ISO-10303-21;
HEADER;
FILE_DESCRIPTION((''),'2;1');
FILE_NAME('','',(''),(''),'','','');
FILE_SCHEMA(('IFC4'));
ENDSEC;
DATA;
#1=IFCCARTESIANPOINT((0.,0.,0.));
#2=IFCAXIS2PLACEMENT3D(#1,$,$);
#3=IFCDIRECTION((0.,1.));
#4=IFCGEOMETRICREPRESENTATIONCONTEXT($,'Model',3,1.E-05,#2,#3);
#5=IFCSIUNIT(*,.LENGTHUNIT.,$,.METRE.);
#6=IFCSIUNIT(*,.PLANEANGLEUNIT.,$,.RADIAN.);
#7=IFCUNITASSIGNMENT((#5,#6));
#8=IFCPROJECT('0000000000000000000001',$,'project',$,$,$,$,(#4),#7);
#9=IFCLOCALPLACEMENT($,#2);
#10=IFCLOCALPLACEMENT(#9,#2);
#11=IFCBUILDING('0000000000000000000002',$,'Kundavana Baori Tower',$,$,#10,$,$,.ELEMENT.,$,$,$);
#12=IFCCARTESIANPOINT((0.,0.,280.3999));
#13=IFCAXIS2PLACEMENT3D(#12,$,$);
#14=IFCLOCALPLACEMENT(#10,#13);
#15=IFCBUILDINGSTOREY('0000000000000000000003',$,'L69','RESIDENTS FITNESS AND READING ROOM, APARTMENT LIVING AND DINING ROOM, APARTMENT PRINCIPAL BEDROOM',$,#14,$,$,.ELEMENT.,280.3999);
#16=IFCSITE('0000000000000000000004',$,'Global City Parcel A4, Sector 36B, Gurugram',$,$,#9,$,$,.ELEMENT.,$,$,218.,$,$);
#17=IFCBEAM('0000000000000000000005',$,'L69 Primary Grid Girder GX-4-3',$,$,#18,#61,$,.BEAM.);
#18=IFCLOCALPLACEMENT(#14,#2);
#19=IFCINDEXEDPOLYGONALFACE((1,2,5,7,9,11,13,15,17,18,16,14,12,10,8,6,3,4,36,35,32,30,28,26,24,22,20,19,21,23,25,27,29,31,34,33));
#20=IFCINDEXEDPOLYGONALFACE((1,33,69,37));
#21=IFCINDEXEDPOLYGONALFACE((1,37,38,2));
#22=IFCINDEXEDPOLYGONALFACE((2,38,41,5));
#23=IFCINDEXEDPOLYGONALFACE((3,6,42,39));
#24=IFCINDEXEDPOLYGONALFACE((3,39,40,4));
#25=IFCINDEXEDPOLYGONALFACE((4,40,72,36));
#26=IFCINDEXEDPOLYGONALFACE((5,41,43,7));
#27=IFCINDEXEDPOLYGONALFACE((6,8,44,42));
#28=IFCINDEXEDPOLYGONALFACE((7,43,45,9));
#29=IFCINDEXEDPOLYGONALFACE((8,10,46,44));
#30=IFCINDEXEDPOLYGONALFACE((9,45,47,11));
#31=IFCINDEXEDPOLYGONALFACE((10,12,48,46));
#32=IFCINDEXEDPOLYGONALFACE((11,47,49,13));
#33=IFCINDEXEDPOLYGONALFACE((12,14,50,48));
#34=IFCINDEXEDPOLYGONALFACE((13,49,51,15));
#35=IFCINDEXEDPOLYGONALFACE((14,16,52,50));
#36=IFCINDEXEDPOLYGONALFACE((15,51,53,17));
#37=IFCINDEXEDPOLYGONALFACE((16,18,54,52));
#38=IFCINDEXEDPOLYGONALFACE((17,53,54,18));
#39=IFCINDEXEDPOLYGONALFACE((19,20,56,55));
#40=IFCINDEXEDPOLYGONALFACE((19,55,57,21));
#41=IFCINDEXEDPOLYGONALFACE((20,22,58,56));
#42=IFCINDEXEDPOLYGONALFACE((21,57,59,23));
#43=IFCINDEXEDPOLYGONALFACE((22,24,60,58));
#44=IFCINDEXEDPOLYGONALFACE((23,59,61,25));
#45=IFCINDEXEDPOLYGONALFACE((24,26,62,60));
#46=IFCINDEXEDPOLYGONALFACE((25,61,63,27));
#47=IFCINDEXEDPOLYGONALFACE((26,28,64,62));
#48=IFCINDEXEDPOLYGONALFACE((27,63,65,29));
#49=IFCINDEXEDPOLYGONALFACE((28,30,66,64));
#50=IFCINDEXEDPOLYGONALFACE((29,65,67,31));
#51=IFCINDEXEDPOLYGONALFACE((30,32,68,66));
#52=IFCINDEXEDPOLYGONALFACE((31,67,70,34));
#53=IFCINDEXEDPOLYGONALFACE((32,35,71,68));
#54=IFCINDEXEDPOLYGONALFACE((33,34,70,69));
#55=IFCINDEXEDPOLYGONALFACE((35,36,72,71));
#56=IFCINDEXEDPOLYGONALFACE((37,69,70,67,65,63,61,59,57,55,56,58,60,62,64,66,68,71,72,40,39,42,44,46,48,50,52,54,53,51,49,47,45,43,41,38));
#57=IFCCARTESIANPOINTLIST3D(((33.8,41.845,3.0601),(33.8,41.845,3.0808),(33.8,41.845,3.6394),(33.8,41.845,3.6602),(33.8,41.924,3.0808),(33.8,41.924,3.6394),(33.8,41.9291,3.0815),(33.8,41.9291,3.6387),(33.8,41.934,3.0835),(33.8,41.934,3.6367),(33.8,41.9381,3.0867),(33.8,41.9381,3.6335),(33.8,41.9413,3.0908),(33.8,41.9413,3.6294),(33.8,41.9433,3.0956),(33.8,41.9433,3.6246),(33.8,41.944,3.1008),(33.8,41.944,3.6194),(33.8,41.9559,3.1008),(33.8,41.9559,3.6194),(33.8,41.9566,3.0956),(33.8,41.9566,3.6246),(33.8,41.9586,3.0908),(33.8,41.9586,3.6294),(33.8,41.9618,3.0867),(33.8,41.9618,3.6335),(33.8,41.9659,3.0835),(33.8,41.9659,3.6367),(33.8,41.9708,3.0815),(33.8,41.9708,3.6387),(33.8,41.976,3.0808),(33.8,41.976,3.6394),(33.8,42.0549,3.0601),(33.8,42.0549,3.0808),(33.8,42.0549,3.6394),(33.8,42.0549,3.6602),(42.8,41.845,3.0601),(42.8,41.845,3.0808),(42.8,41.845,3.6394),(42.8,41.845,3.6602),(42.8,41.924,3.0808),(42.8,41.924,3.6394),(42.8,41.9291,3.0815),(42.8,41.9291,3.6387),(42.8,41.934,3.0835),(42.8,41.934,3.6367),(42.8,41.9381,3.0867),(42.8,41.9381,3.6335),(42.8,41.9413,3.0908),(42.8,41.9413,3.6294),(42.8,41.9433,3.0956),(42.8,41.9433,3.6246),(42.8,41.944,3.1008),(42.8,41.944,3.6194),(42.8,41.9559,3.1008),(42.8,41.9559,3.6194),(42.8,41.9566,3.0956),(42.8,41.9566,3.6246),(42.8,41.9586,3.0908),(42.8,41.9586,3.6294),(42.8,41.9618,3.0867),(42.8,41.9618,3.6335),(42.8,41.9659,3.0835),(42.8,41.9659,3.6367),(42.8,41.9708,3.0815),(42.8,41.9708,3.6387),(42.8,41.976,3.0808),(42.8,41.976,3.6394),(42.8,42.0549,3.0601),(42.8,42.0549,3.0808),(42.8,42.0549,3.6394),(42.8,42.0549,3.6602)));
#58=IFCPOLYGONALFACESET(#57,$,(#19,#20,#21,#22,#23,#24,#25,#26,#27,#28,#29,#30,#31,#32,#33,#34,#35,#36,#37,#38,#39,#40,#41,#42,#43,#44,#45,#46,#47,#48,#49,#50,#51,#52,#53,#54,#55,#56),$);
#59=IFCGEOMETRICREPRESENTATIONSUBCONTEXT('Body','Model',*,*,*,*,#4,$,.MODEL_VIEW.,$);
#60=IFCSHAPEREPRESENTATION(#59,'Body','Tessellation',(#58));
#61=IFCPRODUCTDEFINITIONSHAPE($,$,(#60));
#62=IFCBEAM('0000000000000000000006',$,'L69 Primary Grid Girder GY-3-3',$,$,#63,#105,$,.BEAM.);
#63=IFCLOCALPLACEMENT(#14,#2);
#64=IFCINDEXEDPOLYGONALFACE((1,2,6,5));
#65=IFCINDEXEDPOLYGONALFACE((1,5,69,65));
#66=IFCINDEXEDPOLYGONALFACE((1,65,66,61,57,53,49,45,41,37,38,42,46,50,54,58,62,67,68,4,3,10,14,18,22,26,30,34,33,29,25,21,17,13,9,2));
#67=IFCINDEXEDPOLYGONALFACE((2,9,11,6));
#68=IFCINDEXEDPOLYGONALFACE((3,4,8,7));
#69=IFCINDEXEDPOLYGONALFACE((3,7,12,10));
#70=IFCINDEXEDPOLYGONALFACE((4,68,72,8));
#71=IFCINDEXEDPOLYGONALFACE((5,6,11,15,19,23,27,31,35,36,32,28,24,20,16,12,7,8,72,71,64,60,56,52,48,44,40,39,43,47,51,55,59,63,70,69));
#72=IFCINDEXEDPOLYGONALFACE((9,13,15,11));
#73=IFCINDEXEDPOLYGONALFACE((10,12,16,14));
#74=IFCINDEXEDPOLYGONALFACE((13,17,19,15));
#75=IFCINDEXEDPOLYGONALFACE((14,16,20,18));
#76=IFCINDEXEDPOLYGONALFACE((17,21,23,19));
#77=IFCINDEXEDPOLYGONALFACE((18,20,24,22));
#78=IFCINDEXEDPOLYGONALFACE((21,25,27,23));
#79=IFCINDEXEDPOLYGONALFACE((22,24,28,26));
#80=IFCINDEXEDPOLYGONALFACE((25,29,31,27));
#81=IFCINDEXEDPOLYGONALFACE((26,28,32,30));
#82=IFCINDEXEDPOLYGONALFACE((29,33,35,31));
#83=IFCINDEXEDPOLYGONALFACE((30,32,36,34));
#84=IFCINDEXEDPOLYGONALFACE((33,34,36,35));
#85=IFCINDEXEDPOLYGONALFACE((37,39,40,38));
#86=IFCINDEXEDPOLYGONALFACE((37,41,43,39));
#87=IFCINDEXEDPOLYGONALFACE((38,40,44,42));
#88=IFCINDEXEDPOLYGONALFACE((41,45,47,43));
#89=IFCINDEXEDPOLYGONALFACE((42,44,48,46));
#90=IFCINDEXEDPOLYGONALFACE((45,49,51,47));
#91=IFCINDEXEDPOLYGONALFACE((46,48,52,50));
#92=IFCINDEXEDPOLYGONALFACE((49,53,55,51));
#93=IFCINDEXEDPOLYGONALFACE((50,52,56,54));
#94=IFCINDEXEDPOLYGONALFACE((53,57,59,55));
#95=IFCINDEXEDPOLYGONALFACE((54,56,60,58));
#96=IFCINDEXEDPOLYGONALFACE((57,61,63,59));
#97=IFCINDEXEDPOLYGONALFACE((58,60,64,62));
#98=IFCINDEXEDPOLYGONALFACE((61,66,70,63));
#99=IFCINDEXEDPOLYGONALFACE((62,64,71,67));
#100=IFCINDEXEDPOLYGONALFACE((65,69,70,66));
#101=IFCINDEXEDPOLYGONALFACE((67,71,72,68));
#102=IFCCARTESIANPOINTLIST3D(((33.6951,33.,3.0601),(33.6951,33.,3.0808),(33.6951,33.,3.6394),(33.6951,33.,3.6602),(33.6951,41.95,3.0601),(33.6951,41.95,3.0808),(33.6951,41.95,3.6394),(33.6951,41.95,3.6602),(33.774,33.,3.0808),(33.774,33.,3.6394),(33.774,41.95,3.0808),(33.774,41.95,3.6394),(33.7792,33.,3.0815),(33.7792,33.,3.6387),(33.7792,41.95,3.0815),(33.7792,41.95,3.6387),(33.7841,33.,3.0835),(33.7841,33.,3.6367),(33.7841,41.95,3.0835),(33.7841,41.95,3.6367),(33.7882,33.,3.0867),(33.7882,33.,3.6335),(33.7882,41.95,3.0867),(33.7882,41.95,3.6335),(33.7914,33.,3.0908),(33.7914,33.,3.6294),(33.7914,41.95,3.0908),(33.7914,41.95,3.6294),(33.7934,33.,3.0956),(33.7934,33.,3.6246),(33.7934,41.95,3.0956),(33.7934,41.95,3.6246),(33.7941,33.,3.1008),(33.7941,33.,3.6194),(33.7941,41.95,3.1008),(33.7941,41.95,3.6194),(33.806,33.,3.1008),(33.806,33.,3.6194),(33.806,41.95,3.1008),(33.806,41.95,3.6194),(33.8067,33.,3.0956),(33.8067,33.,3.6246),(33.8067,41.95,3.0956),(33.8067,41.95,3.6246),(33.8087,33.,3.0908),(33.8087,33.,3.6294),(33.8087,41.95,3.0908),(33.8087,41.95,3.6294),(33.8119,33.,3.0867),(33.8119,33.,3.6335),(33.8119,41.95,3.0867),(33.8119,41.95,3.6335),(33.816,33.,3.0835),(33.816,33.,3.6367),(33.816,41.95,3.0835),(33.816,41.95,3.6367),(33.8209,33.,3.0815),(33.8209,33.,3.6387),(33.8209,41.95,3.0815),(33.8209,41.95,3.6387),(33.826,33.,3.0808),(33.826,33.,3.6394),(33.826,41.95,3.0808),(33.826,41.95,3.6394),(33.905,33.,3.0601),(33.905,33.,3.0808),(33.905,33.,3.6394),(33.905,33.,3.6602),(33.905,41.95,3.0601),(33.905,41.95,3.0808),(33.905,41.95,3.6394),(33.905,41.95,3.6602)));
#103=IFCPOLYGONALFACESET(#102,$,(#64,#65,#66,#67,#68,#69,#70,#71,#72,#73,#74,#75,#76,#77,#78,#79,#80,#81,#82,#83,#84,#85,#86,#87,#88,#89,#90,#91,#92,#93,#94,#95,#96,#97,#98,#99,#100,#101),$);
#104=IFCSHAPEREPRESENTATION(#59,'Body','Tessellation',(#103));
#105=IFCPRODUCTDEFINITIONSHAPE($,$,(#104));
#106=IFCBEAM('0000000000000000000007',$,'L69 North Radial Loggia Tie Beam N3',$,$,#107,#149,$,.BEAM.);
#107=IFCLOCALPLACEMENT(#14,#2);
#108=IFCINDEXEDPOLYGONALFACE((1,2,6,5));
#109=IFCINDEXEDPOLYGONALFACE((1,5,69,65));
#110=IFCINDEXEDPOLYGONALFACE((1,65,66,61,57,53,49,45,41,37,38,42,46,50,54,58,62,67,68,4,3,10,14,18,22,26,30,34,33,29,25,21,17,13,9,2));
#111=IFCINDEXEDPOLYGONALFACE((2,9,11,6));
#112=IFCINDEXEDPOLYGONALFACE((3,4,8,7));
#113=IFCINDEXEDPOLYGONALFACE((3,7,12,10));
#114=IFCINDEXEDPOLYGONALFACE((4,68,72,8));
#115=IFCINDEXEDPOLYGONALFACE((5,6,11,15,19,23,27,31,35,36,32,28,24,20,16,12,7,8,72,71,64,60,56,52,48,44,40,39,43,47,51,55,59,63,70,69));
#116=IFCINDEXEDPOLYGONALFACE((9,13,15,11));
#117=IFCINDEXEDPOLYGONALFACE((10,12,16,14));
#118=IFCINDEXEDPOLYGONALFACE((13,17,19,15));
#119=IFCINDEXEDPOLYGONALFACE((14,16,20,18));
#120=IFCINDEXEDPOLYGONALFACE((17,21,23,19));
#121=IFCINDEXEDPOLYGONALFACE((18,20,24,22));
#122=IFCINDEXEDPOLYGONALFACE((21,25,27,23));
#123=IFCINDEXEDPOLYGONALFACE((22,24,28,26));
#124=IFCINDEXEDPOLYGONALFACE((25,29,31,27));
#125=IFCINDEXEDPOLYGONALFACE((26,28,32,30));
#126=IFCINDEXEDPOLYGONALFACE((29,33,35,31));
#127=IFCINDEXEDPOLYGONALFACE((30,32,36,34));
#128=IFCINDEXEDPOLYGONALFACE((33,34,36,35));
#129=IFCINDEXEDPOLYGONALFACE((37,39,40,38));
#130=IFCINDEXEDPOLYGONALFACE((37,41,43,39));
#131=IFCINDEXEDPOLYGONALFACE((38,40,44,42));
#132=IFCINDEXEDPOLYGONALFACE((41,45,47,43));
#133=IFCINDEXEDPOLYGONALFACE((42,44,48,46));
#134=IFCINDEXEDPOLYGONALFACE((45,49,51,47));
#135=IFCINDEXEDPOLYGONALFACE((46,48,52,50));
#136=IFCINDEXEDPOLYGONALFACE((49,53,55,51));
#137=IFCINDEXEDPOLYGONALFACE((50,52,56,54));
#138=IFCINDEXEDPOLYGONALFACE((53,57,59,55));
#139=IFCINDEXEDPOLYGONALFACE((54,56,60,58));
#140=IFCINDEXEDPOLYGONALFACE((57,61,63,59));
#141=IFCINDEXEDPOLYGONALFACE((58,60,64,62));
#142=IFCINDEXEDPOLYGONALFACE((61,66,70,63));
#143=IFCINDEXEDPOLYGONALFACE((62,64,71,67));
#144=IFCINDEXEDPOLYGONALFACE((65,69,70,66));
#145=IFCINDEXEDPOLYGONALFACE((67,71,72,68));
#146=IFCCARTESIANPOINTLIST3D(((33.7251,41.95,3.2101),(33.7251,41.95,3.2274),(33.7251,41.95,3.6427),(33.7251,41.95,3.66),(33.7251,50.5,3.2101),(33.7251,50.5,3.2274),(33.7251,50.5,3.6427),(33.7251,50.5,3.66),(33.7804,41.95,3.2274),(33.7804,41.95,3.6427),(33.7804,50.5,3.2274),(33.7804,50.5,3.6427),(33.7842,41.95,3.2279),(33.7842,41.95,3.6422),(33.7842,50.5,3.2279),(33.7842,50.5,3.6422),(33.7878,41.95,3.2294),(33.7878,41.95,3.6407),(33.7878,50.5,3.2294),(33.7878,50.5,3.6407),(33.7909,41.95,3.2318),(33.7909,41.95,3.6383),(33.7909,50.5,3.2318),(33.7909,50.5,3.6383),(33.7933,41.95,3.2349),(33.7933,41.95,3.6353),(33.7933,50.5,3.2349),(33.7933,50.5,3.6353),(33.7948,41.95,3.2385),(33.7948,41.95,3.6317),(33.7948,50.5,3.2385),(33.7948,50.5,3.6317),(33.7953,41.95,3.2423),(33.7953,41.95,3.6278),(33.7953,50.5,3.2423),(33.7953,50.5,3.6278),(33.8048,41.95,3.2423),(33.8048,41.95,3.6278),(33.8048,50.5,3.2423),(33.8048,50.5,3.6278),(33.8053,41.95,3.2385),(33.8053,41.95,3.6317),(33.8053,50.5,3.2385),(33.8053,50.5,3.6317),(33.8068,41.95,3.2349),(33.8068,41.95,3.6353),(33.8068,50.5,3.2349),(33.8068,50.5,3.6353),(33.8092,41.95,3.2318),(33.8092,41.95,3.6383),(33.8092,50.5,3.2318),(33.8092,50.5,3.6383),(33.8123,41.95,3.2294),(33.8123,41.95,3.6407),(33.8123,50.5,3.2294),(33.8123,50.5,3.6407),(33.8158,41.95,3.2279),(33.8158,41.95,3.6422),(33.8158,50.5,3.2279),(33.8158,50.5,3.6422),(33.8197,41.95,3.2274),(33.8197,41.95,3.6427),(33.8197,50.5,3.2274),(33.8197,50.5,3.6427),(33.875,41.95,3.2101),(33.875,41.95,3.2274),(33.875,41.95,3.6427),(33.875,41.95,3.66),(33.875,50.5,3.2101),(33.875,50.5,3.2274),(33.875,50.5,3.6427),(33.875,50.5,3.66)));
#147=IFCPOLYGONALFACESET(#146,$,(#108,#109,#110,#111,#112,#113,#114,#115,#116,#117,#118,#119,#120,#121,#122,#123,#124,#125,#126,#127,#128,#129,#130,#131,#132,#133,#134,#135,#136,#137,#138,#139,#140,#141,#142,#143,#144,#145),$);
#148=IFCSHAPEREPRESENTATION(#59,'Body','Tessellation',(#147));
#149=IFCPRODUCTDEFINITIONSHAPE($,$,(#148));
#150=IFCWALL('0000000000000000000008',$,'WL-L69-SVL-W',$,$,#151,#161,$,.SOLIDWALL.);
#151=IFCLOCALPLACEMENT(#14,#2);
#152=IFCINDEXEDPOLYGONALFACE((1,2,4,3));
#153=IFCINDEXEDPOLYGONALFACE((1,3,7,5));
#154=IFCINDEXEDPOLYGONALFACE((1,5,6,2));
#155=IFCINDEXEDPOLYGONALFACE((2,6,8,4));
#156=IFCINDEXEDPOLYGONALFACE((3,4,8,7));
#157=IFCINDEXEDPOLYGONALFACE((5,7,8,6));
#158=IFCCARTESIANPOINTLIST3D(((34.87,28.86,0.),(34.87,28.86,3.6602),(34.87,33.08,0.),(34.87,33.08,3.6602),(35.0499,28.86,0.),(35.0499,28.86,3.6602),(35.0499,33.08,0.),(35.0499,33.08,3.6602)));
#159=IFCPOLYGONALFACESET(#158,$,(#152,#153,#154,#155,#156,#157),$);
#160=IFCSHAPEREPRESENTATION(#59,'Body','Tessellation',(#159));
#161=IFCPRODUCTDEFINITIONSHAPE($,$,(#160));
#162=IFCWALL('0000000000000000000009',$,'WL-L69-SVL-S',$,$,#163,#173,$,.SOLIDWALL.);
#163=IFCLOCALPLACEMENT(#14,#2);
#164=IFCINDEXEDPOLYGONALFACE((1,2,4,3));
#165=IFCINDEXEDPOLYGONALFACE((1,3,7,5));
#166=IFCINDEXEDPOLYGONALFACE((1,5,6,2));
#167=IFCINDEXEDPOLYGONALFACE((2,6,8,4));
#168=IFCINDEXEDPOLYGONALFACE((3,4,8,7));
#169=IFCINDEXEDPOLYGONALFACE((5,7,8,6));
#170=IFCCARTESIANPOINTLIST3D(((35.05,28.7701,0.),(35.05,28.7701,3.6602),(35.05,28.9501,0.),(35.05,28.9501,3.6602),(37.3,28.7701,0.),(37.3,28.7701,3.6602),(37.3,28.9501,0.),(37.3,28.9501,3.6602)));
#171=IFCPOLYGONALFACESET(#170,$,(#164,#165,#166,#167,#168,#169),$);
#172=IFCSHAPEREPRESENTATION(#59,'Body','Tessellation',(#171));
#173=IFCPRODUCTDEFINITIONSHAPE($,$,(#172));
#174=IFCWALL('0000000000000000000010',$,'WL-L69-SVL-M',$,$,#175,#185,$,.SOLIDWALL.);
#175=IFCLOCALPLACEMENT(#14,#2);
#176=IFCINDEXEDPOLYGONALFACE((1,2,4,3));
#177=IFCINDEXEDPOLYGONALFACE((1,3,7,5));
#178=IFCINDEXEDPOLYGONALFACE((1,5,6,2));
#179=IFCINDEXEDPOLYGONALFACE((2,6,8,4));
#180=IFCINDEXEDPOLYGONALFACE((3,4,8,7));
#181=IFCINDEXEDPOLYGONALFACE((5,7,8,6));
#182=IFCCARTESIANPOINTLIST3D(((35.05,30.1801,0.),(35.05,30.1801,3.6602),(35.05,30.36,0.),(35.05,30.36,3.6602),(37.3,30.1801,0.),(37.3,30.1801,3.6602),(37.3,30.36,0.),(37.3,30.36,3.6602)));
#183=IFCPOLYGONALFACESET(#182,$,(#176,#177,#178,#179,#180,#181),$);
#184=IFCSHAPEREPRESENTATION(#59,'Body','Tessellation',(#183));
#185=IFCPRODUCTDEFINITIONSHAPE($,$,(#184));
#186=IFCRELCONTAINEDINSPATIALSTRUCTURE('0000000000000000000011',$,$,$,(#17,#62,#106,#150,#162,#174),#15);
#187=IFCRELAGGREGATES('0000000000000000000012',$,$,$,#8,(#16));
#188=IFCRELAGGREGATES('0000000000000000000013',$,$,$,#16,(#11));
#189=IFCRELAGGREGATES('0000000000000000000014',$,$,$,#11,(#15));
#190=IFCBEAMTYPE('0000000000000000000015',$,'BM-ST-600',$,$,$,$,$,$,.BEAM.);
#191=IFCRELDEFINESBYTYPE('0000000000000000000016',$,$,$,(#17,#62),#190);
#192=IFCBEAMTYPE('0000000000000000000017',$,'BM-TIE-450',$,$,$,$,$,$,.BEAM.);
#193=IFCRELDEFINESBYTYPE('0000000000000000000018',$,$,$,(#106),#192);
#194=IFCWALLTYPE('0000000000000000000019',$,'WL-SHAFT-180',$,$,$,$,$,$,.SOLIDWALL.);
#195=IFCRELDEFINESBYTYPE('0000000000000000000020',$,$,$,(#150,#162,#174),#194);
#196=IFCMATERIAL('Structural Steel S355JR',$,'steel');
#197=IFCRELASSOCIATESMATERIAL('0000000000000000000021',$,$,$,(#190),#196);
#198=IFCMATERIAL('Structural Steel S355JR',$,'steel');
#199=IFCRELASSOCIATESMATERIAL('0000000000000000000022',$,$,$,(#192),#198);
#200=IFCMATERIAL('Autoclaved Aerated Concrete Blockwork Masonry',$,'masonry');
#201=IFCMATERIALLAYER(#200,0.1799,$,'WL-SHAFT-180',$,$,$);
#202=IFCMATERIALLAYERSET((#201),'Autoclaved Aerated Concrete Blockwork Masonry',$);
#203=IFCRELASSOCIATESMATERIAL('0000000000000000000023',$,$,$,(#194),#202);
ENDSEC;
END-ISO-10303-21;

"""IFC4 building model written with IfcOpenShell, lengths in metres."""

from ifc_helpers import new_model, si_unit, direction, frame, frame_2d, origin, origin_2d, place, context, subcontext, project, spatial, rectangle, i_section, extrude, material, layer, layer_set, material_profile, profile_set, type_object, element, save


model = new_model("IFC4")

# Units and contexts
model_context = context("Model", 3, precision=1e-05, world=origin(), true_north=direction((0.0, 1.0)))
body_context = subcontext(model_context, "Body", "Model", "MODEL_VIEW")
ifc_project = project(units=[si_unit("LENGTHUNIT", "METRE"), si_unit("PLANEANGLEUNIT", "RADIAN")], contexts=[model_context])

# Site, building, storey
site_placement = place(None, origin())
site = spatial("IfcSite", under=ifc_project, at=site_placement, Name="Global City Parcel A4, Sector 36B, Gurugram", CompositionType="ELEMENT", RefElevation=218.0)
building_placement = place(site_placement, origin())
building = spatial("IfcBuilding", under=site, at=building_placement, Name="Kundavana Baori Tower", CompositionType="ELEMENT")
storey_placement = place(building_placement, frame((0.0, 0.0, 280.3999)))
storey = spatial("IfcBuildingStorey", under=building, at=storey_placement, Name="L69", Description="RESIDENTS FITNESS AND READING ROOM, APARTMENT LIVING AND DINING ROOM, APARTMENT PRINCIPAL BEDROOM", CompositionType="ELEMENT", Elevation=280.3999)

# Beams
ifc_material_1 = material(Name="Structural Steel S355JR", Category="steel")
ifc_material_profile_1 = material_profile(ifc_material_1, i_section(OverallWidth=0.21, OverallDepth=0.6001, WebThickness=0.012, FlangeThickness=0.0208, FilletRadius=0.02, at=origin_2d()), Name="ISMB 600")
ifc_profile_set_1 = profile_set([ifc_material_profile_1], Name="Structural Steel S355JR")
beam_type_1 = type_object("IfcBeamType", Name="BM-ST-600", PredefinedType="BEAM", material=ifc_profile_set_1)
beam_1_placement = place(storey_placement, frame((33.8, 41.95, 3.3601), z_axis=(1.0, 0.0, 0.0), x_axis=(0.0, 1.0, 0.0)))
element("IfcBeam", 1, at=beam_1_placement, inside=storey, type_object=beam_type_1, Name="L69 Primary Grid Girder GX-4-3", PredefinedType="BEAM", context=body_context, shape_type="SweptSolid", body=[
    extrude(i_section(OverallWidth=0.21, OverallDepth=0.6001, WebThickness=0.012, FlangeThickness=0.0208, FilletRadius=0.02, at=origin_2d()), origin(), (0.0, 0.0, 1.0), 9.0),
])
beam_2_placement = place(storey_placement, frame((33.8, 33.0, 3.3601), z_axis=(0.0, 1.0, 0.0), x_axis=(-1.0, 0.0, 0.0)))
element("IfcBeam", 2, at=beam_2_placement, inside=storey, type_object=beam_type_1, Name="L69 Primary Grid Girder GY-3-3", PredefinedType="BEAM", context=body_context, shape_type="SweptSolid", body=[
    extrude(i_section(OverallWidth=0.21, OverallDepth=0.6001, WebThickness=0.012, FlangeThickness=0.0208, FilletRadius=0.02, at=origin_2d()), origin(), (0.0, 0.0, 1.0), 8.95),
])
ifc_material_2 = material(Name="Structural Steel S355JR", Category="steel")
ifc_material_profile_2 = material_profile(ifc_material_2, i_section(OverallWidth=0.1499, OverallDepth=0.45, WebThickness=0.0095, FlangeThickness=0.0173, FilletRadius=0.0149, at=origin_2d()), Name="ISMB 450")
ifc_profile_set_2 = profile_set([ifc_material_profile_2], Name="Structural Steel S355JR")
beam_type_2 = type_object("IfcBeamType", Name="BM-TIE-450", PredefinedType="BEAM", material=ifc_profile_set_2)
beam_3_placement = place(storey_placement, frame((33.8, 41.95, 3.4351), z_axis=(0.0, 1.0, 0.0), x_axis=(-1.0, 0.0, 0.0)))
element("IfcBeam", 3, at=beam_3_placement, inside=storey, type_object=beam_type_2, Name="L69 North Radial Loggia Tie Beam N3", PredefinedType="BEAM", context=body_context, shape_type="SweptSolid", body=[
    extrude(i_section(OverallWidth=0.1499, OverallDepth=0.45, WebThickness=0.0095, FlangeThickness=0.0173, FilletRadius=0.0149, at=origin_2d()), origin(), (0.0, 0.0, 1.0), 8.55),
])

# Walls
ifc_material_3 = material(Name="Autoclaved Aerated Concrete Blockwork Masonry", Category="masonry")
ifc_layer_1 = layer(ifc_material_3, 0.1799, Name="WL-SHAFT-180")
ifc_layer_set_1 = layer_set([ifc_layer_1], Name="Autoclaved Aerated Concrete Blockwork Masonry")
wall_type_1 = type_object("IfcWallType", Name="WL-SHAFT-180", PredefinedType="SOLIDWALL", material=ifc_layer_set_1)
wall_1_placement = place(storey_placement, frame((34.96, 28.8601, 0.0), z_axis=(0.0, 0.0, 1.0), x_axis=(0.0, 1.0, 0.0)))
element("IfcWall", 4, at=wall_1_placement, inside=storey, type_object=wall_type_1, Name="WL-L69-SVL-W", PredefinedType="SOLIDWALL", context=body_context, shape_type="SweptSolid", body=[
    extrude(rectangle(XDim=4.22, YDim=0.1799, at=frame_2d((2.1099, 0.0))), origin(), (0.0, 0.0, 1.0), 3.6602),
])
for number, where, z_axis, x_axis, name in (
    (5, (35.05, 28.8601, 0.0), (0.0, 0.0, 1.0), (1.0, 0.0, 0.0), "WL-L69-SVL-S"),
    (6, (35.05, 30.27, 0.0), (0.0, 0.0, 1.0), (1.0, 0.0, 0.0), "WL-L69-SVL-M"),
):
    element("IfcWall", number, at=place(storey_placement, frame(where, z_axis=z_axis, x_axis=x_axis)), inside=storey, type_object=wall_type_1, Name=name, PredefinedType="SOLIDWALL", context=body_context, shape_type="SweptSolid", body=[
        extrude(rectangle(XDim=2.25, YDim=0.1799, at=frame_2d((1.125, 0.0))), origin(), (0.0, 0.0, 1.0), 3.6602),
    ])

save(model, "model.ifc")
